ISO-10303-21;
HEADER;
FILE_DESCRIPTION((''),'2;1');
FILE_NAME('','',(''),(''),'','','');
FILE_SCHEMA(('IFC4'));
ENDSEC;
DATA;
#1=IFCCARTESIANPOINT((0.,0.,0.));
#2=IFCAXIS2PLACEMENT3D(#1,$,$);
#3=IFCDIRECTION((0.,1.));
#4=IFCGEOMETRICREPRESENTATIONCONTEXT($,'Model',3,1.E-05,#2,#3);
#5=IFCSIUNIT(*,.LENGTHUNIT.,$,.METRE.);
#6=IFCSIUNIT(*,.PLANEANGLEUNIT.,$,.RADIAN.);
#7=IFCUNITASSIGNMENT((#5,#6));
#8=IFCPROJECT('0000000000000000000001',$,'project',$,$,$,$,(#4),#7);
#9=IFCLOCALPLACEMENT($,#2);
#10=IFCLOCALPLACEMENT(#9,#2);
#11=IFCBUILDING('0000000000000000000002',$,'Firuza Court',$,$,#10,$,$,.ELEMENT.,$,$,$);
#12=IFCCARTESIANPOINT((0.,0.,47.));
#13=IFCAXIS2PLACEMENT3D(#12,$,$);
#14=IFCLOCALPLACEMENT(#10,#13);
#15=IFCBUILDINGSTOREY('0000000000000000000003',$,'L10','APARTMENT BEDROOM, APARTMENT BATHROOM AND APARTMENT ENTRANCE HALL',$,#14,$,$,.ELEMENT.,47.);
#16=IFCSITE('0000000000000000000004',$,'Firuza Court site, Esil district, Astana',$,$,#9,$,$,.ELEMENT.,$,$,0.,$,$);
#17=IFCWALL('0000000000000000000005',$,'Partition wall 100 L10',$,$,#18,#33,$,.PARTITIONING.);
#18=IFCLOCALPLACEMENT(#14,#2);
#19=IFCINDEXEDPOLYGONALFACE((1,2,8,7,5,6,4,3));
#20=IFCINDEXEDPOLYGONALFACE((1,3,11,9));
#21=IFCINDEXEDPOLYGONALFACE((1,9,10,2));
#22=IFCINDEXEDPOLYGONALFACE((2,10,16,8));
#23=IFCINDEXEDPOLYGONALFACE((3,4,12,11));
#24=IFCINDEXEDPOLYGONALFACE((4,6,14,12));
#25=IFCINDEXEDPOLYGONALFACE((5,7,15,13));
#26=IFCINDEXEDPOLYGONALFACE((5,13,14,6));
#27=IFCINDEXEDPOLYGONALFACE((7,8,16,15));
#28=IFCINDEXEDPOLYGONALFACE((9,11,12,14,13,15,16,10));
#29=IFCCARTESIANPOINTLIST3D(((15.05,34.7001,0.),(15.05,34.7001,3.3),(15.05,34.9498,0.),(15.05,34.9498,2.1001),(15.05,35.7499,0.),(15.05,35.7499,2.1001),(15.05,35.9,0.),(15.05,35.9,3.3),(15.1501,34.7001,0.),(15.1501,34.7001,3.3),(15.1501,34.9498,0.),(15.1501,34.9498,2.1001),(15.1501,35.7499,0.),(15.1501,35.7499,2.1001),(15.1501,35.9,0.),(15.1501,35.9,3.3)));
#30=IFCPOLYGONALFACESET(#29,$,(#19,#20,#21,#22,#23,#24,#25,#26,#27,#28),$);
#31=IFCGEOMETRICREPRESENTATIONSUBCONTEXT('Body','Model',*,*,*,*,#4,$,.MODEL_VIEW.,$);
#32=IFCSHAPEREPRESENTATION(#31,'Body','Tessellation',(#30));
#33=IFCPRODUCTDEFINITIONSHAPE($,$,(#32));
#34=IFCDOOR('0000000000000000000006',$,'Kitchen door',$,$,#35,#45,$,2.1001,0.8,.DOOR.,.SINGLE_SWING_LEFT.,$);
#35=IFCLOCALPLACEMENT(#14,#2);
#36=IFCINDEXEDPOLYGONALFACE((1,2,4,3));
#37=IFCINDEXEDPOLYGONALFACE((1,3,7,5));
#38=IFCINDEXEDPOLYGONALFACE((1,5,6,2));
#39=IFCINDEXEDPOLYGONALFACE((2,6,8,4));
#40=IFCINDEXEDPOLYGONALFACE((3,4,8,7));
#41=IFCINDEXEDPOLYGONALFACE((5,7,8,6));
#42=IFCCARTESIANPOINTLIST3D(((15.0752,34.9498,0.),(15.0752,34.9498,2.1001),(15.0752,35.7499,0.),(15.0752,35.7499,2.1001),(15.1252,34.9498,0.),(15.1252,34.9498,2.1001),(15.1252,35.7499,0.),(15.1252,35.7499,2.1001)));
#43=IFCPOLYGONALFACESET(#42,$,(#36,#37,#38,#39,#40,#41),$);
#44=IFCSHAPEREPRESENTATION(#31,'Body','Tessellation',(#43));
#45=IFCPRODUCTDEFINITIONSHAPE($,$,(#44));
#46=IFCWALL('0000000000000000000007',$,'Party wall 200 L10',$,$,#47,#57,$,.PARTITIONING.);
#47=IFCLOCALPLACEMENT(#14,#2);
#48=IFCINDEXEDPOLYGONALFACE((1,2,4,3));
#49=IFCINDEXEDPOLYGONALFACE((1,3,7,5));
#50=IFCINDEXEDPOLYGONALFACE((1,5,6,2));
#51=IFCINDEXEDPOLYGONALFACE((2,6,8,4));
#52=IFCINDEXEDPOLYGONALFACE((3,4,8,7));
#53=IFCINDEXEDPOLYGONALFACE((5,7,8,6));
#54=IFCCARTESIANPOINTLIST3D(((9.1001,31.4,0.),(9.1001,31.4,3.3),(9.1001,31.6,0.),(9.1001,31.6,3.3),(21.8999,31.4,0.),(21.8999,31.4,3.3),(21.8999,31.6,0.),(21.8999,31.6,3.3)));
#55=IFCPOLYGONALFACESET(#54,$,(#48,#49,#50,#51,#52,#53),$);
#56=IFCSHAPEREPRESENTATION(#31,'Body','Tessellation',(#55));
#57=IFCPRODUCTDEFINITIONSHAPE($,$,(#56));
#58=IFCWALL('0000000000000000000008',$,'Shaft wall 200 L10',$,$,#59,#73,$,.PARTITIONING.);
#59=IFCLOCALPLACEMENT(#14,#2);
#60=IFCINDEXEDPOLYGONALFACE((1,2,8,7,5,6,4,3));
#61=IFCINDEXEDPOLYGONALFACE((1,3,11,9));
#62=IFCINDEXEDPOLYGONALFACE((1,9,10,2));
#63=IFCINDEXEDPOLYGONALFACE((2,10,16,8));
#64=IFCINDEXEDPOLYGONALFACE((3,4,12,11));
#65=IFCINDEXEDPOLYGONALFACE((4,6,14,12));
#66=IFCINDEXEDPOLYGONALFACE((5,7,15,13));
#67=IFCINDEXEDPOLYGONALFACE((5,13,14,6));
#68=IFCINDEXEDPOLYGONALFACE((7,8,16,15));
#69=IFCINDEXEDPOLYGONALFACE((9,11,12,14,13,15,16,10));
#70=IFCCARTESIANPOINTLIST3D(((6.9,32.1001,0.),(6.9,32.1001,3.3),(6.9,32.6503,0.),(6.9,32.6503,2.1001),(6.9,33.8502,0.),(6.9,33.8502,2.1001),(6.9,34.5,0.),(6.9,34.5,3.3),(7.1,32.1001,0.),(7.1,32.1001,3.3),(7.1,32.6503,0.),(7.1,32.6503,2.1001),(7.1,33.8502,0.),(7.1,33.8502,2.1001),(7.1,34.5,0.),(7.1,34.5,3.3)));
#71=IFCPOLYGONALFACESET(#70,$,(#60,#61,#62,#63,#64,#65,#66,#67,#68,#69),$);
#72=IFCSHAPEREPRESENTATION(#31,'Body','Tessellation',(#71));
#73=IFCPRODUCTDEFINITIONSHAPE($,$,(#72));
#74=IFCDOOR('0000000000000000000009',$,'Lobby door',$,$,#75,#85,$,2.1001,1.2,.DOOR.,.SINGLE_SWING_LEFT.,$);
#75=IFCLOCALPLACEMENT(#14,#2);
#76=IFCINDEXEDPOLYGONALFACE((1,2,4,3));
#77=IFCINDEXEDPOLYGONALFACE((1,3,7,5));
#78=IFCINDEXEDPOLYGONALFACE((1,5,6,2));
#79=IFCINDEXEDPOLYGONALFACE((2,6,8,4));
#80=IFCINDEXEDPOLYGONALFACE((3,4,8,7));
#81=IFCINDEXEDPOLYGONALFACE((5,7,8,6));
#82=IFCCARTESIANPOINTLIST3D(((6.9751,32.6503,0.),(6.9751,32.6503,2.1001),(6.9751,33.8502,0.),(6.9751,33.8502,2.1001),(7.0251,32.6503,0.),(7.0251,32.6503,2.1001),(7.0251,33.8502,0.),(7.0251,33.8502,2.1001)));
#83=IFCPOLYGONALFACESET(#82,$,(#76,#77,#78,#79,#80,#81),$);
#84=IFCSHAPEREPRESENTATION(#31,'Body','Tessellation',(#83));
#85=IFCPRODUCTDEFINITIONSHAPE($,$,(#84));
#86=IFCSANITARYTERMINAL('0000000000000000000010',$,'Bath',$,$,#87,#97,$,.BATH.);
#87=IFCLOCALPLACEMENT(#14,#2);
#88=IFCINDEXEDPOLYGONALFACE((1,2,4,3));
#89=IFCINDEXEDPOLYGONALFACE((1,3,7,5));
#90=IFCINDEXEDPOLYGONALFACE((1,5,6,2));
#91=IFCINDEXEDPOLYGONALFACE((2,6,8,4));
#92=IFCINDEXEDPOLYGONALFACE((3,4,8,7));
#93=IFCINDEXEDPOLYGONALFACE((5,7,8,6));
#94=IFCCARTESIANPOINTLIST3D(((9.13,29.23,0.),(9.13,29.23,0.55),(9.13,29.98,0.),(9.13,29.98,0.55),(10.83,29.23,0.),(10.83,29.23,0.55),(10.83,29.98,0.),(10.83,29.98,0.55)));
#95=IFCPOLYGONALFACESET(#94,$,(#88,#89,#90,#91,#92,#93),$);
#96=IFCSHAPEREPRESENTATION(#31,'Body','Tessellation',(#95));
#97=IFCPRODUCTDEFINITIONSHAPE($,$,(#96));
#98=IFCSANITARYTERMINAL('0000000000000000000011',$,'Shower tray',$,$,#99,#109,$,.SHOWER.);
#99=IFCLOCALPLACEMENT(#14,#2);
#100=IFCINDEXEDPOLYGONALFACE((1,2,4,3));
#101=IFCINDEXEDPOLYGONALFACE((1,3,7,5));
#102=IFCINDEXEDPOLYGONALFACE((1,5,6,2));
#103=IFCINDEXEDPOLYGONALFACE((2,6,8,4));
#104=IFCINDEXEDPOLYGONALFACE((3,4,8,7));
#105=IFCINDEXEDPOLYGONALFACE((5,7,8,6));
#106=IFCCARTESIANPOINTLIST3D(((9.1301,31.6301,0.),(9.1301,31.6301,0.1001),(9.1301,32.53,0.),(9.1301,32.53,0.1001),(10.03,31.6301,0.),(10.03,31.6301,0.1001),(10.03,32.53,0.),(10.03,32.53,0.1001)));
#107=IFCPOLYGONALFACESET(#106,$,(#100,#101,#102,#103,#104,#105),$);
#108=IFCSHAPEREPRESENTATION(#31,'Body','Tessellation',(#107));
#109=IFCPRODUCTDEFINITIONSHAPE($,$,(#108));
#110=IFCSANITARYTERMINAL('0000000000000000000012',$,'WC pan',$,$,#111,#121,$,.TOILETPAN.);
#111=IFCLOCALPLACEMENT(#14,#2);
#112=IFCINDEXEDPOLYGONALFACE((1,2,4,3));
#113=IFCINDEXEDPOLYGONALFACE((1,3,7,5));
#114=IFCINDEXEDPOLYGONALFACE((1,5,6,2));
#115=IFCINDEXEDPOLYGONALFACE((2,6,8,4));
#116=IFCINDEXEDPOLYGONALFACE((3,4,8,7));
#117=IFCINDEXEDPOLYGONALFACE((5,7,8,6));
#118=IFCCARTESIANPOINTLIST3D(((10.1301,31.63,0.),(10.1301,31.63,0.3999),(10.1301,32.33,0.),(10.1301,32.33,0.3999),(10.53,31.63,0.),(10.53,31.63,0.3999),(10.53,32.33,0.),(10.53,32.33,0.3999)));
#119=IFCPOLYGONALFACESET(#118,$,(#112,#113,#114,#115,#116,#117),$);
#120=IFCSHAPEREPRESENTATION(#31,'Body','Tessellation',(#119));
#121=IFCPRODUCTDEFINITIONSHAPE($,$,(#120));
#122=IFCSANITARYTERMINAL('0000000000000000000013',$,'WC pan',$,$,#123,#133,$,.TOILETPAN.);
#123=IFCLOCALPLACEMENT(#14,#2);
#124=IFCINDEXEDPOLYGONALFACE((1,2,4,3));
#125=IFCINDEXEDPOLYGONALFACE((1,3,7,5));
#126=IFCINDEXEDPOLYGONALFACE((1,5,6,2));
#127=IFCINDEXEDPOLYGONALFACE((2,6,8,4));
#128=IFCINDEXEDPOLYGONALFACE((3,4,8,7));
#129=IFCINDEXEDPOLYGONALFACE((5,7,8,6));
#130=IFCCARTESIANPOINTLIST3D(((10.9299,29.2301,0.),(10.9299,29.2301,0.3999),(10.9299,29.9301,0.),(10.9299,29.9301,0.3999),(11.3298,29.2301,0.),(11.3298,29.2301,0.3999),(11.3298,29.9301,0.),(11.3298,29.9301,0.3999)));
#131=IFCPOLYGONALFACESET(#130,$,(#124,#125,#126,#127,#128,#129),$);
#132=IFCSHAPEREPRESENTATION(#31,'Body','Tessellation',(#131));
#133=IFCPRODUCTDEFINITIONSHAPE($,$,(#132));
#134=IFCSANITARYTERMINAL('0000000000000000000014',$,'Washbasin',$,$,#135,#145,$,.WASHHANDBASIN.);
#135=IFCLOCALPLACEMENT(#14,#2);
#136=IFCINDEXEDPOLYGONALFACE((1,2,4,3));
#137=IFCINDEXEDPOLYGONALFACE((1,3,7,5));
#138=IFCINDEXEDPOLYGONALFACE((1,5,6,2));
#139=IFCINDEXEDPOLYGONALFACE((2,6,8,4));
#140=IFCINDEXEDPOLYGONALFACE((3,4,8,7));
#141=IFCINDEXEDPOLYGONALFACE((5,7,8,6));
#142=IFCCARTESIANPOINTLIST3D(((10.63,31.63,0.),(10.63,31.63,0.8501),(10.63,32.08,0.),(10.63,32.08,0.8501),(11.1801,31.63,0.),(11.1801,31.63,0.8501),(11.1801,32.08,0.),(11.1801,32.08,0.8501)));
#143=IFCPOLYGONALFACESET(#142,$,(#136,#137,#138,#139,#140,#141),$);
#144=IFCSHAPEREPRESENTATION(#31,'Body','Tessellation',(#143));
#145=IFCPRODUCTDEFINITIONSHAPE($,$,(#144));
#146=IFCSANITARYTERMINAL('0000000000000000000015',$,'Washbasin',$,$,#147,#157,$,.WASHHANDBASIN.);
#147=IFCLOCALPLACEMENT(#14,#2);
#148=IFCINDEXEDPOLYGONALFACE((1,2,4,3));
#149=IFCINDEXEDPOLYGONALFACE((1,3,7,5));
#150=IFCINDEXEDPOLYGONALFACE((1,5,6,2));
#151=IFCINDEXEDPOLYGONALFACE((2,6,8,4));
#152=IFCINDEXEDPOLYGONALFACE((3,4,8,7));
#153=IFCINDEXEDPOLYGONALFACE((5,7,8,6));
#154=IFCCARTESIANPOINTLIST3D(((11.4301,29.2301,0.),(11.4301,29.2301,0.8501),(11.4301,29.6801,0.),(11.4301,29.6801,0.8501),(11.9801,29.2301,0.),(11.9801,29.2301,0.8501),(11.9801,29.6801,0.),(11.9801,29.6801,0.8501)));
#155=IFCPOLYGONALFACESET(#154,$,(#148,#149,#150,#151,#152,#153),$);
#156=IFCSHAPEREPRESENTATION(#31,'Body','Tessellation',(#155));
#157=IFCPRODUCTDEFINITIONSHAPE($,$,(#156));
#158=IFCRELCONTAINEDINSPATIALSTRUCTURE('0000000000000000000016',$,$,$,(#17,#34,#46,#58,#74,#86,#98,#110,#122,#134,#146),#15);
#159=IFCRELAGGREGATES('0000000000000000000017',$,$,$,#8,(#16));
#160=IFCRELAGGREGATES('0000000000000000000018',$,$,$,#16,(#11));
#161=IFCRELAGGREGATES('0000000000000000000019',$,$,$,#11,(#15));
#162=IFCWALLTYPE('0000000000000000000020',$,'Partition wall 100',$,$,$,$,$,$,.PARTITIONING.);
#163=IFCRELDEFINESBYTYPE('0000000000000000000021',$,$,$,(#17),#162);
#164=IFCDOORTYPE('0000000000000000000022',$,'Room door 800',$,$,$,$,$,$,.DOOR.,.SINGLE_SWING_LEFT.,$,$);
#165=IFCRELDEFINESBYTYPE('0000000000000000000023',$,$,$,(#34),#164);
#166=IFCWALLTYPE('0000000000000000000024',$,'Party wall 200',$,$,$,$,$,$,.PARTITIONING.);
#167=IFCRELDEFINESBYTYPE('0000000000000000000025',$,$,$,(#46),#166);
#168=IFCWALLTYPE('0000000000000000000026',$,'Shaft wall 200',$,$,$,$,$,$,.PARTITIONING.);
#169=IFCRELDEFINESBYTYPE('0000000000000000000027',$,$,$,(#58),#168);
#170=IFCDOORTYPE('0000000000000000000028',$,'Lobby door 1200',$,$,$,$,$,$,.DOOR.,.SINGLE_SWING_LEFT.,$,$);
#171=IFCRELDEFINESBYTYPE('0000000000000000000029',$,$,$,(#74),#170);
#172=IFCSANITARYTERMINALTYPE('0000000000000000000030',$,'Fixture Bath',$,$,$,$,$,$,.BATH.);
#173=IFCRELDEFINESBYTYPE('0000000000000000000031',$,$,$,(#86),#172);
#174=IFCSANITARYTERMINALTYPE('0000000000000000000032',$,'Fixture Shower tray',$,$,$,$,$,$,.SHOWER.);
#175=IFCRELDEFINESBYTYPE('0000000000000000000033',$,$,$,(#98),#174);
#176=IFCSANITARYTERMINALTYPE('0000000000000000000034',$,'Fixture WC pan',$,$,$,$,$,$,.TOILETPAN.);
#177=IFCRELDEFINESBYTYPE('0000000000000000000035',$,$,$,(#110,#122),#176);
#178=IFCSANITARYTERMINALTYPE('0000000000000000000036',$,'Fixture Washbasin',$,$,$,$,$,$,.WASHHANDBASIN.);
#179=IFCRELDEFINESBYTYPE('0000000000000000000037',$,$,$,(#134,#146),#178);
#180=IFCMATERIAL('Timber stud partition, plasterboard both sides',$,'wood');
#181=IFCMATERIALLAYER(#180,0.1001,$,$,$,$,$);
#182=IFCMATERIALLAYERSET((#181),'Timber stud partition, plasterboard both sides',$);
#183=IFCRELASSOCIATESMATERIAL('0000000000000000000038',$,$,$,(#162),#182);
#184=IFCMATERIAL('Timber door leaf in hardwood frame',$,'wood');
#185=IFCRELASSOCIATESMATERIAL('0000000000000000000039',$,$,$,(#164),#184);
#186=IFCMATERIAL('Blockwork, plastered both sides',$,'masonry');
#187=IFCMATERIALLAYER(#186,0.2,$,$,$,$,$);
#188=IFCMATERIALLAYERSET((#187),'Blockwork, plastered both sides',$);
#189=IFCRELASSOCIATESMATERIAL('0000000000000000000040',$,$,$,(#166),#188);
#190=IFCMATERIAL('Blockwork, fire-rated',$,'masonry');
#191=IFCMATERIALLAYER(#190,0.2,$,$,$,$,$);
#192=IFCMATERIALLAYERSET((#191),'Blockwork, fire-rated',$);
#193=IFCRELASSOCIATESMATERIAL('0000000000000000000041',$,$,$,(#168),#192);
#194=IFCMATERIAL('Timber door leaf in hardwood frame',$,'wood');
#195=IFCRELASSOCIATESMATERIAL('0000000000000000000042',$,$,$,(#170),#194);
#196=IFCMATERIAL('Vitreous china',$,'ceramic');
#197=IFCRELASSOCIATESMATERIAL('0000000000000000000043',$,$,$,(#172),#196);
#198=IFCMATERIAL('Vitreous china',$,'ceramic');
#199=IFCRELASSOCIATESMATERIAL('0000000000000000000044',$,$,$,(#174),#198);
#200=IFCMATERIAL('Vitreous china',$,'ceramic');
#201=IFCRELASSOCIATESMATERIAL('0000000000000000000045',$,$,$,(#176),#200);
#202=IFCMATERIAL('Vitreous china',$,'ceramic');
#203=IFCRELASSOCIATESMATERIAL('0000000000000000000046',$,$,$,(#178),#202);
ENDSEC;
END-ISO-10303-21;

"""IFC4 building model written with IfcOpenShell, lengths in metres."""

from ifc_helpers import new_model, si_unit, direction, frame, frame_2d, origin, origin_2d, place, context, subcontext, project, spatial, rectangle, extrude, material, layer, layer_set, type_object, element, fill, save


model = new_model("IFC4")

# Units and contexts
model_context = context("Model", 3, precision=1e-05, world=origin(), true_north=direction((0.0, 1.0)))
body_context = subcontext(model_context, "Body", "Model", "MODEL_VIEW")
ifc_project = project(units=[si_unit("LENGTHUNIT", "METRE"), si_unit("PLANEANGLEUNIT", "RADIAN")], contexts=[model_context])

# Site, building, storey
site_placement = place(None, origin())
site = spatial("IfcSite", under=ifc_project, at=site_placement, Name="Firuza Court site, Esil district, Astana", CompositionType="ELEMENT", RefElevation=0.0)
building_placement = place(site_placement, origin())
building = spatial("IfcBuilding", under=site, at=building_placement, Name="Firuza Court", CompositionType="ELEMENT")
storey_placement = place(building_placement, frame((0.0, 0.0, 47.0)))
storey = spatial("IfcBuildingStorey", under=building, at=storey_placement, Name="L10", Description="APARTMENT BEDROOM, APARTMENT BATHROOM AND APARTMENT ENTRANCE HALL", CompositionType="ELEMENT", Elevation=47.0)

# Shared definitions
ifc_material_1 = material(Name="Blockwork, plastered both sides", Category="masonry")

# Shared definitions
ifc_material_2 = material(Name="Timber stud partition, plasterboard both sides", Category="wood")
ifc_layer_1 = layer(ifc_material_2, 0.1001)
ifc_layer_set_1 = layer_set([ifc_layer_1], Name="Timber stud partition, plasterboard both sides")
wall_type_1 = type_object("IfcWallType", Name="Partition wall 100", PredefinedType="PARTITIONING", material=ifc_layer_set_1)

# Wall, opening, door
wall_1_placement = place(storey_placement, frame((15.1001, 34.7, 0.0), z_axis=(0.0, 0.0, 1.0), x_axis=(0.0, 1.0, 0.0)))
wall_1 = element("IfcWall", 1, at=wall_1_placement, inside=storey, type_object=wall_type_1, Name="Partition wall 100 L10", PredefinedType="PARTITIONING", context=body_context, shape_type="SweptSolid", body=[
    extrude(rectangle(XDim=1.2, YDim=0.1001, at=frame_2d((0.6001, 0.0))), origin(), (0.0, 0.0, 1.0), 3.3),
])
opening_1_placement = place(wall_1_placement, frame((0.25, 0.0, 0.0)))
opening_1 = element("IfcOpeningElement", 2, at=opening_1_placement, cuts=wall_1, PredefinedType="OPENING", context=body_context, shape_type="SweptSolid", body=[
    extrude(rectangle(XDim=0.8, YDim=2.1001, at=frame_2d((0.3999, 1.05))), frame((0.0, 0.062, 0.0), z_axis=(0.0, -1.0, 0.0), x_axis=(1.0, 0.0, 0.0)), (0.0, 0.0, 1.0), 0.124),
])
ifc_material_3 = material(Name="Timber door leaf in hardwood frame", Category="wood")
door_type_1 = type_object("IfcDoorType", Name="Room door 800", OperationType="SINGLE_SWING_LEFT", PredefinedType="DOOR", material=ifc_material_3)
door_1_placement = place(opening_1_placement, origin())
door_1 = element("IfcDoor", 3, at=door_1_placement, inside=storey, type_object=door_type_1, Name="Kitchen door", OperationType="SINGLE_SWING_LEFT", OverallHeight=2.1001, OverallWidth=0.8, PredefinedType="DOOR", context=body_context, shape_type="SweptSolid", body=[
    extrude(rectangle(XDim=0.8, YDim=2.1001, at=frame_2d((0.3999, 1.05))), frame((0.0, 0.0249, 0.0), z_axis=(0.0, -1.0, 0.0), x_axis=(1.0, 0.0, 0.0)), (0.0, 0.0, 1.0), 0.05),
])
fill(opening_1, door_1)

# Wall
ifc_layer_2 = layer(ifc_material_1, 0.2)
ifc_layer_set_2 = layer_set([ifc_layer_2], Name="Blockwork, plastered both sides")
wall_type_2 = type_object("IfcWallType", Name="Party wall 200", PredefinedType="PARTITIONING", material=ifc_layer_set_2)
wall_2_placement = place(storey_placement, frame((9.1001, 31.5, 0.0), z_axis=(0.0, 0.0, 1.0), x_axis=(1.0, 0.0, 0.0)))
element("IfcWall", 4, at=wall_2_placement, inside=storey, type_object=wall_type_2, Name="Party wall 200 L10", PredefinedType="PARTITIONING", context=body_context, shape_type="SweptSolid", body=[
    extrude(rectangle(XDim=12.7998, YDim=0.2, at=frame_2d((6.3999, 0.0))), origin(), (0.0, 0.0, 1.0), 3.3),
])

# Wall, opening, door
ifc_material_4 = material(Name="Blockwork, fire-rated", Category="masonry")
ifc_layer_3 = layer(ifc_material_4, 0.2)
ifc_layer_set_3 = layer_set([ifc_layer_3], Name="Blockwork, fire-rated")
wall_type_3 = type_object("IfcWallType", Name="Shaft wall 200", PredefinedType="PARTITIONING", material=ifc_layer_set_3)
wall_3_placement = place(storey_placement, frame((7.0, 32.1001, 0.0), z_axis=(0.0, 0.0, 1.0), x_axis=(0.0, 1.0, 0.0)))
wall_3 = element("IfcWall", 5, at=wall_3_placement, inside=storey, type_object=wall_type_3, Name="Shaft wall 200 L10", PredefinedType="PARTITIONING", context=body_context, shape_type="SweptSolid", body=[
    extrude(rectangle(XDim=2.3999, YDim=0.2, at=frame_2d((1.2, 0.0))), origin(), (0.0, 0.0, 1.0), 3.3),
])
opening_2_placement = place(wall_3_placement, frame((0.55, 0.0, 0.0)))
opening_2 = element("IfcOpeningElement", 6, at=opening_2_placement, cuts=wall_3, PredefinedType="OPENING", context=body_context, shape_type="SweptSolid", body=[
    extrude(rectangle(XDim=1.2, YDim=2.1001, at=frame_2d((0.6001, 1.05))), frame((0.0, 0.1118, 0.0), z_axis=(0.0, -1.0, 0.0), x_axis=(1.0, 0.0, 0.0)), (0.0, 0.0, 1.0), 0.2239),
])
ifc_material_5 = material(Name="Timber door leaf in hardwood frame", Category="wood")
door_type_2 = type_object("IfcDoorType", Name="Lobby door 1200", OperationType="SINGLE_SWING_LEFT", PredefinedType="DOOR", material=ifc_material_5)
door_2_placement = place(opening_2_placement, origin())
door_2 = element("IfcDoor", 7, at=door_2_placement, inside=storey, type_object=door_type_2, Name="Lobby door", OperationType="SINGLE_SWING_LEFT", OverallHeight=2.1001, OverallWidth=1.2, PredefinedType="DOOR", context=body_context, shape_type="SweptSolid", body=[
    extrude(rectangle(XDim=1.2, YDim=2.1001, at=frame_2d((0.6001, 1.05))), frame((0.0, 0.0249, 0.0), z_axis=(0.0, -1.0, 0.0), x_axis=(1.0, 0.0, 0.0)), (0.0, 0.0, 1.0), 0.05),
])
fill(opening_2, door_2)

# Sanitary terminals
ifc_material_6 = material(Name="Vitreous china", Category="ceramic")
sanitary_terminal_type_1 = type_object("IfcSanitaryTerminalType", Name="Fixture Bath", PredefinedType="BATH", material=ifc_material_6)
sanitary_terminal_1_placement = place(storey_placement, frame((9.98, 29.605, 0.0), z_axis=(0.0, 0.0, 1.0), x_axis=(1.0, 0.0, 0.0)))
element("IfcSanitaryTerminal", 8, at=sanitary_terminal_1_placement, inside=storey, type_object=sanitary_terminal_type_1, Name="Bath", PredefinedType="BATH", context=body_context, shape_type="SweptSolid", body=[
    extrude(rectangle(XDim=1.7, YDim=0.75, at=origin_2d()), origin(), (0.0, 0.0, 1.0), 0.55),
])
ifc_material_7 = material(Name="Vitreous china", Category="ceramic")
sanitary_terminal_type_2 = type_object("IfcSanitaryTerminalType", Name="Fixture Shower tray", PredefinedType="SHOWER", material=ifc_material_7)
sanitary_terminal_2_placement = place(storey_placement, frame((9.5801, 32.0801, 0.0), z_axis=(0.0, 0.0, 1.0), x_axis=(1.0, 0.0, 0.0)))
element("IfcSanitaryTerminal", 9, at=sanitary_terminal_2_placement, inside=storey, type_object=sanitary_terminal_type_2, Name="Shower tray", PredefinedType="SHOWER", context=body_context, shape_type="SweptSolid", body=[
    extrude(rectangle(XDim=0.8999, YDim=0.8999, at=origin_2d()), origin(), (0.0, 0.0, 1.0), 0.1001),
])
ifc_material_8 = material(Name="Vitreous china", Category="ceramic")
sanitary_terminal_type_3 = type_object("IfcSanitaryTerminalType", Name="Fixture WC pan", PredefinedType="TOILETPAN", material=ifc_material_8)
for number, where, z_axis, x_axis, name in (
    (10, (10.3301, 31.98, 0.0), (0.0, 0.0, 1.0), (1.0, 0.0, 0.0), "WC pan"),
    (11, (11.1299, 29.5801, 0.0), (0.0, 0.0, 1.0), (1.0, 0.0, 0.0), "WC pan"),
):
    element("IfcSanitaryTerminal", number, at=place(storey_placement, frame(where, z_axis=z_axis, x_axis=x_axis)), inside=storey, type_object=sanitary_terminal_type_3, Name=name, PredefinedType="TOILETPAN", context=body_context, shape_type="SweptSolid", body=[
        extrude(rectangle(XDim=0.3999, YDim=0.7, at=origin_2d()), origin(), (0.0, 0.0, 1.0), 0.3999),
    ])
ifc_material_9 = material(Name="Vitreous china", Category="ceramic")
sanitary_terminal_type_4 = type_object("IfcSanitaryTerminalType", Name="Fixture Washbasin", PredefinedType="WASHHANDBASIN", material=ifc_material_9)
for number, where, z_axis, x_axis, name in (
    (12, (10.905, 31.855, 0.0), (0.0, 0.0, 1.0), (1.0, 0.0, 0.0), "Washbasin"),
    (13, (11.7051, 29.4551, 0.0), (0.0, 0.0, 1.0), (1.0, 0.0, 0.0), "Washbasin"),
):
    element("IfcSanitaryTerminal", number, at=place(storey_placement, frame(where, z_axis=z_axis, x_axis=x_axis)), inside=storey, type_object=sanitary_terminal_type_4, Name=name, PredefinedType="WASHHANDBASIN", context=body_context, shape_type="SweptSolid", body=[
        extrude(rectangle(XDim=0.55, YDim=0.45, at=origin_2d()), origin(), (0.0, 0.0, 1.0), 0.8501),
    ])

save(model, "model.ifc")
